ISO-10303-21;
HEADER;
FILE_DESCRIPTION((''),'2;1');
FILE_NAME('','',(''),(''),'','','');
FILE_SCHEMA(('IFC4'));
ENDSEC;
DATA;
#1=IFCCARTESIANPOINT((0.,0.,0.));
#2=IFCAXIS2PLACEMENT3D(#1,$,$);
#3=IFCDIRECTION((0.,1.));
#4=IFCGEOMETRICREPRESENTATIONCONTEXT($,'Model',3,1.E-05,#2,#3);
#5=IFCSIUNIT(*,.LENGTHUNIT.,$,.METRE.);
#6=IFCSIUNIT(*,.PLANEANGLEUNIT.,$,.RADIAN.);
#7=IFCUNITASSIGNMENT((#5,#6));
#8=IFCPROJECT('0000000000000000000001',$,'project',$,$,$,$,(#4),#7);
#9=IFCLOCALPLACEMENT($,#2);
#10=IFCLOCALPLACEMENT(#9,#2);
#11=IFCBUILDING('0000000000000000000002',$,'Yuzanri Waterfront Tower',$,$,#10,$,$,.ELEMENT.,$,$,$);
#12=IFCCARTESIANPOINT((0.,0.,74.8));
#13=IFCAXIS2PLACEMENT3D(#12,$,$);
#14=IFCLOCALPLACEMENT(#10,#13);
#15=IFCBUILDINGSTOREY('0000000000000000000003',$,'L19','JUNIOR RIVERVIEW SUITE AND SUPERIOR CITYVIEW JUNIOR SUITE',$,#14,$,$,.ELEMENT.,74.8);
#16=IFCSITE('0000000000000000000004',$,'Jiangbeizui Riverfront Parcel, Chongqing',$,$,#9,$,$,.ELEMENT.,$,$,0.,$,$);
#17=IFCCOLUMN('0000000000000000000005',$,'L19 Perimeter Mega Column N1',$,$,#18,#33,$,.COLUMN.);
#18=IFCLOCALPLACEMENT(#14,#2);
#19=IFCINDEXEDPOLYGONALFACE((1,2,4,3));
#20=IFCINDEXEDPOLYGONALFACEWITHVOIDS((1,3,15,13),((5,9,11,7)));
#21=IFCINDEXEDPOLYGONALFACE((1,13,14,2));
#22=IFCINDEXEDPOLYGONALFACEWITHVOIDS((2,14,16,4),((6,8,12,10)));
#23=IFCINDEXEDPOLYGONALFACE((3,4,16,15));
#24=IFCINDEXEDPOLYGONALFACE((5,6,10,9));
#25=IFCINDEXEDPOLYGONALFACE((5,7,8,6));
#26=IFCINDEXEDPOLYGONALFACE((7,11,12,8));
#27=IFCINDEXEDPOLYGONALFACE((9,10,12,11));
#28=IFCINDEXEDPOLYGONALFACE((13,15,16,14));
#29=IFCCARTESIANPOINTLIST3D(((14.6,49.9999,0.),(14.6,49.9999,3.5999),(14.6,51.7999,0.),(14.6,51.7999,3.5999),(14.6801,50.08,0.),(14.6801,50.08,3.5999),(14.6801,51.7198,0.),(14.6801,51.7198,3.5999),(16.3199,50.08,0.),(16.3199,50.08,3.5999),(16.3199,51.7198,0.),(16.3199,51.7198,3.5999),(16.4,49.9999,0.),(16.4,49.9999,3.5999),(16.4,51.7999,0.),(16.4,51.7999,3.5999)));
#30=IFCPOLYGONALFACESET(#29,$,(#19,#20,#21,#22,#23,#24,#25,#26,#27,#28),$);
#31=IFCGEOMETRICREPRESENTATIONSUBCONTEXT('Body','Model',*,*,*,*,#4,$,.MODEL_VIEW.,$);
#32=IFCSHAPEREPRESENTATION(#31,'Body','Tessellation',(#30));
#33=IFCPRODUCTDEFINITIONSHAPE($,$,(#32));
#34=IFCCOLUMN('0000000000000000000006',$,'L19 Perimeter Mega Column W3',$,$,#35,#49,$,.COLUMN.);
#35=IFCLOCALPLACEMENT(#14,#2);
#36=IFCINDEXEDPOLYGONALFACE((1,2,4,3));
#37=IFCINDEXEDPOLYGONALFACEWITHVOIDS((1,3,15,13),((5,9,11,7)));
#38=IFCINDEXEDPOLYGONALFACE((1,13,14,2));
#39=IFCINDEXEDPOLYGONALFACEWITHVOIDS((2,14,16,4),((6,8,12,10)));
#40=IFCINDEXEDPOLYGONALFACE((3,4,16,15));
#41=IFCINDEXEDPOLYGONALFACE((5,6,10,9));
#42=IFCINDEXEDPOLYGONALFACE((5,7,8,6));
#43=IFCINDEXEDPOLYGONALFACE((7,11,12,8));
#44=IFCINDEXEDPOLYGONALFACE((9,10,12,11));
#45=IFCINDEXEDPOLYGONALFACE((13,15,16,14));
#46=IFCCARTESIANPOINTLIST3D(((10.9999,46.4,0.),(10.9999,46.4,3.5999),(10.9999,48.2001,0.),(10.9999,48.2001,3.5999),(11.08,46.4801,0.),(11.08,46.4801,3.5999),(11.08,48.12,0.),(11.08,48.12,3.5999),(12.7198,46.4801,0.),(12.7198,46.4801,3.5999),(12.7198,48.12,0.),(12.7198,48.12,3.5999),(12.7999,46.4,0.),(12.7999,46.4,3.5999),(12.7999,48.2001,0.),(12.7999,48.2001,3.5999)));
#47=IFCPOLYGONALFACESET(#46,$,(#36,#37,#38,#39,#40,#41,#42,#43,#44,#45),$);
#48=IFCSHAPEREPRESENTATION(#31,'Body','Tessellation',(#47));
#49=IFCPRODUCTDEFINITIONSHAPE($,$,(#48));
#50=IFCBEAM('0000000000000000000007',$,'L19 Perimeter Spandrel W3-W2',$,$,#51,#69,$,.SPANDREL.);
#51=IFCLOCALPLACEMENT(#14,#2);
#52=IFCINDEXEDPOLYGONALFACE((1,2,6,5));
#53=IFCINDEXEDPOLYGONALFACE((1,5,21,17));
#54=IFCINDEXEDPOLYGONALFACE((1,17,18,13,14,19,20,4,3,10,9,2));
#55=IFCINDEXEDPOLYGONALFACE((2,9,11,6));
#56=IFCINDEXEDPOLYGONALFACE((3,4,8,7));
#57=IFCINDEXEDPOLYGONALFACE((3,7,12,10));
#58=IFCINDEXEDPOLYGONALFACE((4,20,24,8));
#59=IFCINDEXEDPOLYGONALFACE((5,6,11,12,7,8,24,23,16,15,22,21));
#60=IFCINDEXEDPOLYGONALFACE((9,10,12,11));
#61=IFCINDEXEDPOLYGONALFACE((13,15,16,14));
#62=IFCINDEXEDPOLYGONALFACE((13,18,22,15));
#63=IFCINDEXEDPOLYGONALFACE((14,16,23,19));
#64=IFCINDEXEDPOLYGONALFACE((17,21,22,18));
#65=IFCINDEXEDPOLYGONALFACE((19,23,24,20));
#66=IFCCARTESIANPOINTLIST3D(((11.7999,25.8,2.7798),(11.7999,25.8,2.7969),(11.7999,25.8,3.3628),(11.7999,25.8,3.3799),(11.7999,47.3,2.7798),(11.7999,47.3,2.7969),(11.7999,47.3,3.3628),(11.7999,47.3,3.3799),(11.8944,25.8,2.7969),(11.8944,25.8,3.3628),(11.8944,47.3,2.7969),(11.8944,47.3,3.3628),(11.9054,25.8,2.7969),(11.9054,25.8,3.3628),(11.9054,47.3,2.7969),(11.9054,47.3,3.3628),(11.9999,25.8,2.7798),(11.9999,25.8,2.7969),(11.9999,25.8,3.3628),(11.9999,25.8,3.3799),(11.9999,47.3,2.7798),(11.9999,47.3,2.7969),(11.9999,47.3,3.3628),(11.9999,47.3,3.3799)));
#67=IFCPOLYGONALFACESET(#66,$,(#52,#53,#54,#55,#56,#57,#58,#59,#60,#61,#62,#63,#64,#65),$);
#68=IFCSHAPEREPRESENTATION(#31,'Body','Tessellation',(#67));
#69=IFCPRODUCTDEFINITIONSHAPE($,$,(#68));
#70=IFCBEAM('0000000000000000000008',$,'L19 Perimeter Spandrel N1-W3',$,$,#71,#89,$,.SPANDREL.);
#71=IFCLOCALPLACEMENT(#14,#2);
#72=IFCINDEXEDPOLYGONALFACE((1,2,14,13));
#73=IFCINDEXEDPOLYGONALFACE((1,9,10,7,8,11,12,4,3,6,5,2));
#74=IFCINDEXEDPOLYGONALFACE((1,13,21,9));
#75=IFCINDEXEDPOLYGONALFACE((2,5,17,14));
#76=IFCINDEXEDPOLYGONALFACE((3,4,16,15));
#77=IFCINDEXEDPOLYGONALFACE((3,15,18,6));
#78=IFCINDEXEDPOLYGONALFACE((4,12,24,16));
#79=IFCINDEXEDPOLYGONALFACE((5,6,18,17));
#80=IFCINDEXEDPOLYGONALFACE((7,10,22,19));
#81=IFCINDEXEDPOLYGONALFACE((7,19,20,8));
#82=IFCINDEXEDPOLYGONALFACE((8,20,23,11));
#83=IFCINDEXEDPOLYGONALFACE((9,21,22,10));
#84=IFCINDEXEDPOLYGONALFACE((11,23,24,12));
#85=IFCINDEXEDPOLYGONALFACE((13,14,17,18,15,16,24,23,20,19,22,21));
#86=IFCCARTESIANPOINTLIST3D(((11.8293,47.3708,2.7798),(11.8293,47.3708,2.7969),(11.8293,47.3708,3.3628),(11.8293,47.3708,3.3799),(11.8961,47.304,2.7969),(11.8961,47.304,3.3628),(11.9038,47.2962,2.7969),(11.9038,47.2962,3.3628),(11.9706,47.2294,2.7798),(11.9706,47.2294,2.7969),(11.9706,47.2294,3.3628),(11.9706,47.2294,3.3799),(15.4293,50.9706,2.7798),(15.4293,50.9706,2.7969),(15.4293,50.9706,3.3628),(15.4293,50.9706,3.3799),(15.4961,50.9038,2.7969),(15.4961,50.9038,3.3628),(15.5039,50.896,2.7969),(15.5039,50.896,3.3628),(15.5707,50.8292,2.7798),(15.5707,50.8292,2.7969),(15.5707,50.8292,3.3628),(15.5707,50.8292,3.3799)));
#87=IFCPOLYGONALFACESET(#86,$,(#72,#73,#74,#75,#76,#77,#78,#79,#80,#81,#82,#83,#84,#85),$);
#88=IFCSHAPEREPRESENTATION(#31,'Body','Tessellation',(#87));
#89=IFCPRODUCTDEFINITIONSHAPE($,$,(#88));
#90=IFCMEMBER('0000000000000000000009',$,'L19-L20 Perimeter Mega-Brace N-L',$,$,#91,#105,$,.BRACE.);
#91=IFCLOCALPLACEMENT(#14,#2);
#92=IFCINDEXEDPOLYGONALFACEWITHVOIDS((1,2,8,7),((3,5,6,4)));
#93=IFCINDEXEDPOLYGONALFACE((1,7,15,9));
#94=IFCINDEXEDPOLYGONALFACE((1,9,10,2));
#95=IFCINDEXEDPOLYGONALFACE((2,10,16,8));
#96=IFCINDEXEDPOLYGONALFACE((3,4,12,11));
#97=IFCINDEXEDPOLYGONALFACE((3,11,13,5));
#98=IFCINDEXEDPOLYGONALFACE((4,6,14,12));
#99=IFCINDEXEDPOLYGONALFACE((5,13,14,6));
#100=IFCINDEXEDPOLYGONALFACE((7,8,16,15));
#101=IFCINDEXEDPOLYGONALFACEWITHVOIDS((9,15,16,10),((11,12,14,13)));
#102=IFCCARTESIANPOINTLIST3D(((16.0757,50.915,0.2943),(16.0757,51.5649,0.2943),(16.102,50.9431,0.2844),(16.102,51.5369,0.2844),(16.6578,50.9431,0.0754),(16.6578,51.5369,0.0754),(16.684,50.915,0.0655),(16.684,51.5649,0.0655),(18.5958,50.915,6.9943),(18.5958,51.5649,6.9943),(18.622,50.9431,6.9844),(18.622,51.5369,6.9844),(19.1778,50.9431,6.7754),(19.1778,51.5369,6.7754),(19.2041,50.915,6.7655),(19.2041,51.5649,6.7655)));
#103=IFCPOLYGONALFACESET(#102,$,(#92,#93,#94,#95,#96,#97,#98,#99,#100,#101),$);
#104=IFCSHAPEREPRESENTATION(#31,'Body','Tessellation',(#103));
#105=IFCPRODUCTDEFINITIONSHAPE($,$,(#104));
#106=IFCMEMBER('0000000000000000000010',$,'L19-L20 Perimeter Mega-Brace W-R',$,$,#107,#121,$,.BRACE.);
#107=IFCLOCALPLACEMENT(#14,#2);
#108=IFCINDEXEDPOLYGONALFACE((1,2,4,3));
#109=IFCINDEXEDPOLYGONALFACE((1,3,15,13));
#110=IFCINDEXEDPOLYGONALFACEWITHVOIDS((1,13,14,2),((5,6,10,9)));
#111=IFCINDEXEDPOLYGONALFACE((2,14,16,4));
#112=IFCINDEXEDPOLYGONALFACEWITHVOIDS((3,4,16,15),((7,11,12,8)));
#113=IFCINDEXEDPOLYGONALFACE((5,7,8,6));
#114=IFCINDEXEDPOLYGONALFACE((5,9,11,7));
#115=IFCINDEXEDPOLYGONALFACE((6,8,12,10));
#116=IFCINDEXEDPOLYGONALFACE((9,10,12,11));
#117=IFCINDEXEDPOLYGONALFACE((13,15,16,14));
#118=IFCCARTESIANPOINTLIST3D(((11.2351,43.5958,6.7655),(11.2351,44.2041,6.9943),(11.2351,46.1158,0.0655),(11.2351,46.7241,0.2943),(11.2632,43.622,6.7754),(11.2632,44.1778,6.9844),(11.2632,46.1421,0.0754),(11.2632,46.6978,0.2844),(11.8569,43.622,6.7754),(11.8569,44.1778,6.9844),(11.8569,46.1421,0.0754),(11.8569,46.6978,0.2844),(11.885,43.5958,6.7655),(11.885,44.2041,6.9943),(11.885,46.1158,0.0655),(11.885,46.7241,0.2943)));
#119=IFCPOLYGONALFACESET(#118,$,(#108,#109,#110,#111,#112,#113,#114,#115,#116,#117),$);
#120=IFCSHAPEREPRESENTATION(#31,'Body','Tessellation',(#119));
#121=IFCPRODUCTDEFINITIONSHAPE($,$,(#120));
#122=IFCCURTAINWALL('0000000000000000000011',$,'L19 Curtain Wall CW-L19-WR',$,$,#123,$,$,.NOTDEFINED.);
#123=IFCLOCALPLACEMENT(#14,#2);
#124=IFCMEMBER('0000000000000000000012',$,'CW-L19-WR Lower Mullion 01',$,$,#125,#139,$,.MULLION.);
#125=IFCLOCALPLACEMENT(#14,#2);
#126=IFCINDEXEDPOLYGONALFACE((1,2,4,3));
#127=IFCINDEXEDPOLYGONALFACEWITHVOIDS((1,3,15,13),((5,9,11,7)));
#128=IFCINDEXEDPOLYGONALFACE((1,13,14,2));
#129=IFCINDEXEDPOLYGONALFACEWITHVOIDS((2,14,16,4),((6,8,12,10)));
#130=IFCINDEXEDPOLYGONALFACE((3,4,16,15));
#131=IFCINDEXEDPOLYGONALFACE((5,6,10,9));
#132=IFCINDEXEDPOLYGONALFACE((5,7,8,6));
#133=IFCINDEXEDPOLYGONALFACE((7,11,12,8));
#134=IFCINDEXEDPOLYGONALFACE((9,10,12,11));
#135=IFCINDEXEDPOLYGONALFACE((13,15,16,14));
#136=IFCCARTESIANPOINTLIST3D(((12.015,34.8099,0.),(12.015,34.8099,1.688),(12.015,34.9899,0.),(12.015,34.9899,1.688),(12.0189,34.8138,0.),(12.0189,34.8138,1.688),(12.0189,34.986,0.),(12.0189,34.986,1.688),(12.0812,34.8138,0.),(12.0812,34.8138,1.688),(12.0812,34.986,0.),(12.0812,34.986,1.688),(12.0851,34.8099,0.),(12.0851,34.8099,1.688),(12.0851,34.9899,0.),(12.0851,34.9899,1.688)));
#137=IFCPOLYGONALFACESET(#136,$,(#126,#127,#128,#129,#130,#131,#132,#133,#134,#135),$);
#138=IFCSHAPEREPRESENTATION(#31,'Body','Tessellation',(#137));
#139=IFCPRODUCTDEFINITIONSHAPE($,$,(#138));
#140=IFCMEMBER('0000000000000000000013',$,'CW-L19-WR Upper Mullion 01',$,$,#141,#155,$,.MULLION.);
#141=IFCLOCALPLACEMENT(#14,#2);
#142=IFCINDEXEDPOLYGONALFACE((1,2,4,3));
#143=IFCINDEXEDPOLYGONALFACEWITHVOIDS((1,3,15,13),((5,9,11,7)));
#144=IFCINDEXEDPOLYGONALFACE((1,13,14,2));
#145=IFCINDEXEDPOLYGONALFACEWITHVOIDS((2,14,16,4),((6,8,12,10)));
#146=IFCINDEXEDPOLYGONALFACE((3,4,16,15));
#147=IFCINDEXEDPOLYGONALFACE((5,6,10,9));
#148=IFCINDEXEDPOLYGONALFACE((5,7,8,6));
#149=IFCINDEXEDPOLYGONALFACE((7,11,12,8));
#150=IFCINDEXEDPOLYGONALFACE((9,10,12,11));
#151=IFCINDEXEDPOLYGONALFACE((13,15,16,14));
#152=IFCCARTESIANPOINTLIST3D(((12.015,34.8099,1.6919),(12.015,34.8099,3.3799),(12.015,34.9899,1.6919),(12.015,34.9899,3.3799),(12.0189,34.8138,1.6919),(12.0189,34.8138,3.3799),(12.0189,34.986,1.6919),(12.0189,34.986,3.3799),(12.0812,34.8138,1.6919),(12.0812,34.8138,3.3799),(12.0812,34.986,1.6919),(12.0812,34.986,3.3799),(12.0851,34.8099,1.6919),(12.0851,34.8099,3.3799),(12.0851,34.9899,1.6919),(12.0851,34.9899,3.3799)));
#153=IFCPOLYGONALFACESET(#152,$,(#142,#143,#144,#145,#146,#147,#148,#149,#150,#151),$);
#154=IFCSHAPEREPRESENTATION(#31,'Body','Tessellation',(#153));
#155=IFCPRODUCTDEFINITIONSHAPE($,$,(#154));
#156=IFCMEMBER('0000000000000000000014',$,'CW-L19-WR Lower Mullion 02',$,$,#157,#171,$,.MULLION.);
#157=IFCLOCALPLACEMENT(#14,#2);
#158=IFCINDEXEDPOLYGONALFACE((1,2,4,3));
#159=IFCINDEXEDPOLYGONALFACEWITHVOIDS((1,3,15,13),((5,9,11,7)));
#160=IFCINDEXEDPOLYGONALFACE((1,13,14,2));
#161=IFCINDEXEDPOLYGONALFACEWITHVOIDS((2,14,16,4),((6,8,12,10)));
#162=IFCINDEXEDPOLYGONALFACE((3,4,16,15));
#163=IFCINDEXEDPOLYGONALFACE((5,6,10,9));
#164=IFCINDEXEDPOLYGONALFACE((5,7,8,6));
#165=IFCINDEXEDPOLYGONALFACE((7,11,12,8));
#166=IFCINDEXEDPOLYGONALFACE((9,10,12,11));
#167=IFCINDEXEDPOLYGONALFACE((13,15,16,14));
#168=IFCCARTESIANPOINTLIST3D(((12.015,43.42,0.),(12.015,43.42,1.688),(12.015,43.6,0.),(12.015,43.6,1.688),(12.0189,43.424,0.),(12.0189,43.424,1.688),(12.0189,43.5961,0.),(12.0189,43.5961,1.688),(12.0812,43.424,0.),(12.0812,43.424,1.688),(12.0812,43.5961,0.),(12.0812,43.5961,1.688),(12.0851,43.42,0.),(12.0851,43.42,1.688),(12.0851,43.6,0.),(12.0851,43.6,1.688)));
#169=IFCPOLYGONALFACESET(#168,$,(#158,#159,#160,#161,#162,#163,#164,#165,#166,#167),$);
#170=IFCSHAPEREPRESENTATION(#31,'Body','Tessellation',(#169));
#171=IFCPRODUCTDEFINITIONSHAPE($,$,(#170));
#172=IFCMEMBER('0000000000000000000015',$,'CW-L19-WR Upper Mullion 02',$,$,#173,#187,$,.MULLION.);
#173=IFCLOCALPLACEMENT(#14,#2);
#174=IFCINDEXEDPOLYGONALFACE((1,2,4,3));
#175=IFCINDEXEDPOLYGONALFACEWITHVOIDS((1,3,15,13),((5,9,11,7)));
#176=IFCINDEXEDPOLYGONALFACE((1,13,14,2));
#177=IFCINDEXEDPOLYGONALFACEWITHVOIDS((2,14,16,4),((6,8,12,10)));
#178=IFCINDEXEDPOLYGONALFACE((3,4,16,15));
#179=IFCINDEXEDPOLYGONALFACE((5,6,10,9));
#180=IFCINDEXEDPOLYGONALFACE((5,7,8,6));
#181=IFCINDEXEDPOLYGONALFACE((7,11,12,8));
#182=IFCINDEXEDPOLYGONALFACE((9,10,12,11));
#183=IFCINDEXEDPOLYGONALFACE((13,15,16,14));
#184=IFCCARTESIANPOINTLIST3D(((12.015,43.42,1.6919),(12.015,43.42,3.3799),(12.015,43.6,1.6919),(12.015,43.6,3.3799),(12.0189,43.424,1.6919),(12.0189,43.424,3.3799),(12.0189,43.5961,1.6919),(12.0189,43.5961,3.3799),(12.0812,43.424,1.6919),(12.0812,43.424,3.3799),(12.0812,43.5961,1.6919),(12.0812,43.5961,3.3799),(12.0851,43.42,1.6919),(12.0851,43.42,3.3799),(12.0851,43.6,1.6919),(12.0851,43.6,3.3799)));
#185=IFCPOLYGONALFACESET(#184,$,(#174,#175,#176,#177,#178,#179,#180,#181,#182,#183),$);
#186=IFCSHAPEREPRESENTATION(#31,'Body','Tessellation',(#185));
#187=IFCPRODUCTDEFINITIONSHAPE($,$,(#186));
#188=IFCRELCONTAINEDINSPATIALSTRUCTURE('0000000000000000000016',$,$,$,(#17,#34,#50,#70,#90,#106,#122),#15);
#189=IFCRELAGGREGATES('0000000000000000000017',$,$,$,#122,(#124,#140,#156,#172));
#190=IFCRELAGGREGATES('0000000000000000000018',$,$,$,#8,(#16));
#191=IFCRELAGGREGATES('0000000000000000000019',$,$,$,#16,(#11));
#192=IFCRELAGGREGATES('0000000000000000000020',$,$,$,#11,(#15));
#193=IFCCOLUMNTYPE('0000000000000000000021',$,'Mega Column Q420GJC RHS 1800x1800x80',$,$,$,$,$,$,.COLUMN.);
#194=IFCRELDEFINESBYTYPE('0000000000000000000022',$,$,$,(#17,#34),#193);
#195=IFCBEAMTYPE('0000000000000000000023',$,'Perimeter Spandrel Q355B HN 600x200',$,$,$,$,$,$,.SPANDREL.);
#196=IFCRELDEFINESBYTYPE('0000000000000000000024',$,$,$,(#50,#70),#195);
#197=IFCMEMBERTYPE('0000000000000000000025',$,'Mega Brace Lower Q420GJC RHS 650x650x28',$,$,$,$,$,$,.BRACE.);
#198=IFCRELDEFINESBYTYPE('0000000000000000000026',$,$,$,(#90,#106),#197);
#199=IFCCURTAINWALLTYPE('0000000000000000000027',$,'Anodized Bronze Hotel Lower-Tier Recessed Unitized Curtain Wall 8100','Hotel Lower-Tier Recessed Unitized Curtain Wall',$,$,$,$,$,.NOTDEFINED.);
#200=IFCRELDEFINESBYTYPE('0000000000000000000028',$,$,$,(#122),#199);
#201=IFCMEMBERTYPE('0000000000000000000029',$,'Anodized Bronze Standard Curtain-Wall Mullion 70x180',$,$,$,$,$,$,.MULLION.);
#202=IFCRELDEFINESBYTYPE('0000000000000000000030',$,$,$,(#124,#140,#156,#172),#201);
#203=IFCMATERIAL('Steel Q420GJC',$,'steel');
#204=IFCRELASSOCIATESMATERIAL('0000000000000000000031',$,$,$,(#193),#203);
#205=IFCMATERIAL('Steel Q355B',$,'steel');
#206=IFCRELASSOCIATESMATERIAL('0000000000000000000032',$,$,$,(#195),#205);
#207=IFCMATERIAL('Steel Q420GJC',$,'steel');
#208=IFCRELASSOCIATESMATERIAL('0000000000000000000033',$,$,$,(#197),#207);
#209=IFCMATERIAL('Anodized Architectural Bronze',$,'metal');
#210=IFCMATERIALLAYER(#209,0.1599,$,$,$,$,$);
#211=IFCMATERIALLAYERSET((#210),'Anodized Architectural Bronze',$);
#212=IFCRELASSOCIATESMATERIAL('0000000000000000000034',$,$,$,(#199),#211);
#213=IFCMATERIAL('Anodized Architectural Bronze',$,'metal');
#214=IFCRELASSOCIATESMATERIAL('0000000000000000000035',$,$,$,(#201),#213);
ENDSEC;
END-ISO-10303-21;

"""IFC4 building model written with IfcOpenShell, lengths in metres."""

from ifc_helpers import new_model, si_unit, direction, frame, origin, origin_2d, place, context, subcontext, project, spatial, hollow_rectangle, i_section, extrude, source, transform, mapped, material, layer, layer_set, material_profile, profile_set, type_object, element, aggregate, save


model = new_model("IFC4")

# Units and contexts
model_context = context("Model", 3, precision=1e-05, world=origin(), true_north=direction((0.0, 1.0)))
body_context = subcontext(model_context, "Body", "Model", "MODEL_VIEW")
ifc_project = project(units=[si_unit("LENGTHUNIT", "METRE"), si_unit("PLANEANGLEUNIT", "RADIAN")], contexts=[model_context])

# Site, building, storey
site_placement = place(None, origin())
site = spatial("IfcSite", under=ifc_project, at=site_placement, Name="Jiangbeizui Riverfront Parcel, Chongqing", CompositionType="ELEMENT", RefElevation=0.0)
building_placement = place(site_placement, origin())
building = spatial("IfcBuilding", under=site, at=building_placement, Name="Yuzanri Waterfront Tower", CompositionType="ELEMENT")
storey_placement = place(building_placement, frame((0.0, 0.0, 74.8)))
storey = spatial("IfcBuildingStorey", under=building, at=storey_placement, Name="L19", Description="JUNIOR RIVERVIEW SUITE AND SUPERIOR CITYVIEW JUNIOR SUITE", CompositionType="ELEMENT", Elevation=74.8)

# Columns
ifc_material_1 = material(Name="Steel Q420GJC", Category="steel")
ifc_material_profile_1 = material_profile(ifc_material_1, hollow_rectangle(XDim=1.8, YDim=1.8, WallThickness=0.0801, at=origin_2d()), Name="RHS 1800x1800x80")
ifc_profile_set_1 = profile_set([ifc_material_profile_1], Name="Steel Q420GJC")
column_type = type_object("IfcColumnType", Name="Mega Column Q420GJC RHS 1800x1800x80", PredefinedType="COLUMN", material=ifc_profile_set_1)
shared_shape_1 = source(origin(), body_context, "Body", "SweptSolid", [
    extrude(hollow_rectangle(XDim=1.8, YDim=1.8, WallThickness=0.0801, at=origin_2d()), origin(), (0.0, 0.0, 1.0), 3.5999),
])
for number, where, z_axis, x_axis, name in (
    (1, (15.5, 50.8999, 0.0), (0.0, 0.0, 1.0), (1.0, 0.0, 0.0), "L19 Perimeter Mega Column N1"),
    (2, (11.8999, 47.3, 0.0), (0.0, 0.0, 1.0), (1.0, 0.0, 0.0), "L19 Perimeter Mega Column W3"),
):
    element("IfcColumn", number, at=place(storey_placement, frame(where, z_axis=z_axis, x_axis=x_axis)), inside=storey, type_object=column_type, Name=name, PredefinedType="COLUMN", context=body_context, shape_type="MappedRepresentation", body=[
        mapped(shared_shape_1, transform((0.0, 0.0, 0.0), scale=1.0)),
    ])

# Beams
ifc_material_2 = material(Name="Steel Q355B", Category="steel")
ifc_material_profile_2 = material_profile(ifc_material_2, i_section(OverallWidth=0.2, OverallDepth=0.6001, WebThickness=0.011, FlangeThickness=0.0171, at=origin_2d()), Name="HN 600x200x11x17")
ifc_profile_set_2 = profile_set([ifc_material_profile_2], Name="Steel Q355B")
beam_type = type_object("IfcBeamType", Name="Perimeter Spandrel Q355B HN 600x200", PredefinedType="SPANDREL", material=ifc_profile_set_2)
shared_shape_2 = source(origin(), body_context, "Body", "SweptSolid", [
    extrude(i_section(OverallWidth=0.2, OverallDepth=0.6001, WebThickness=0.011, FlangeThickness=0.0171, at=origin_2d()), origin(), (0.0, 0.0, 1.0), 21.5),
])
beam_1_placement = place(storey_placement, frame((11.8999, 47.3, 3.0798), z_axis=(0.0, -1.0, 0.0), x_axis=(1.0, 0.0, 0.0)))
element("IfcBeam", 3, at=beam_1_placement, inside=storey, type_object=beam_type, Name="L19 Perimeter Spandrel W3-W2", PredefinedType="SPANDREL", context=body_context, shape_type="MappedRepresentation", body=[
    mapped(shared_shape_2, transform((0.0, 0.0, 0.0), scale=1.0)),
])
shared_shape_3 = source(origin(), body_context, "Body", "SweptSolid", [
    extrude(i_section(OverallWidth=0.2, OverallDepth=0.6001, WebThickness=0.011, FlangeThickness=0.0171, at=origin_2d()), origin(), (0.0, 0.0, 1.0), 5.0911),
])
beam_2_placement = place(storey_placement, frame((15.5, 50.8999, 3.0798), z_axis=(-0.707131, -0.707083, 0.0), x_axis=(0.707083, -0.707131, 0.0)))
element("IfcBeam", 4, at=beam_2_placement, inside=storey, type_object=beam_type, Name="L19 Perimeter Spandrel N1-W3", PredefinedType="SPANDREL", context=body_context, shape_type="MappedRepresentation", body=[
    mapped(shared_shape_3, transform((0.0, 0.0, 0.0), scale=1.0)),
])

# Members
ifc_material_3 = material(Name="Steel Q420GJC", Category="steel")
ifc_material_profile_3 = material_profile(ifc_material_3, hollow_rectangle(XDim=0.6499, YDim=0.6499, WallThickness=0.0281, at=origin_2d()), Name="RHS 650x650x28")
ifc_profile_set_3 = profile_set([ifc_material_profile_3], Name="Steel Q420GJC")
member_type_1 = type_object("IfcMemberType", Name="Mega Brace Lower Q420GJC RHS 650x650x28", PredefinedType="BRACE", material=ifc_profile_set_3)
shared_shape_4 = source(origin(), body_context, "Body", "SweptSolid", [
    extrude(hollow_rectangle(XDim=0.6499, YDim=0.6499, WallThickness=0.0281, at=origin_2d()), origin(), (0.0, 0.0, 1.0), 7.1582),
])
for number, where, z_axis, x_axis, name in (
    (5, (16.3799, 51.24, 0.1799), (0.352046, 0.0, 0.935983), (0.0, 1.0, 0.0), "L19-L20 Perimeter Mega-Brace N-L"),
    (6, (11.5601, 46.4199, 0.1799), (0.0, -0.352046, 0.935983), (1.0, 0.0, 0.0), "L19-L20 Perimeter Mega-Brace W-R"),
):
    element("IfcMember", number, at=place(storey_placement, frame(where, z_axis=z_axis, x_axis=x_axis)), inside=storey, type_object=member_type_1, Name=name, PredefinedType="BRACE", context=body_context, shape_type="MappedRepresentation", body=[
        mapped(shared_shape_4, transform((0.0, 0.0, 0.0), scale=1.0)),
    ])

# Curtain wall, members
ifc_material_4 = material(Name="Anodized Architectural Bronze", Category="metal")
ifc_layer_1 = layer(ifc_material_4, 0.1599)
ifc_layer_set_1 = layer_set([ifc_layer_1], Name="Anodized Architectural Bronze")
curtain_wall_type = type_object("IfcCurtainWallType", Name="Anodized Bronze Hotel Lower-Tier Recessed Unitized Curtain Wall 8100", Description="Hotel Lower-Tier Recessed Unitized Curtain Wall", PredefinedType="NOTDEFINED", material=ifc_layer_set_1)
curtain_wall_placement = place(storey_placement, origin())
curtain_wall = element("IfcCurtainWall", 7, at=curtain_wall_placement, inside=storey, type_object=curtain_wall_type, Name="L19 Curtain Wall CW-L19-WR", PredefinedType="NOTDEFINED")
ifc_material_5 = material(Name="Anodized Architectural Bronze", Category="metal")
ifc_material_profile_4 = material_profile(ifc_material_5, hollow_rectangle(XDim=0.0701, YDim=0.1799, WallThickness=0.0039, at=origin_2d()), Name="CWM 70x180")
ifc_profile_set_4 = profile_set([ifc_material_profile_4], Name="Anodized Architectural Bronze")
member_type_2 = type_object("IfcMemberType", Name="Anodized Bronze Standard Curtain-Wall Mullion 70x180", PredefinedType="MULLION", material=ifc_profile_set_4)
shared_shape_5 = source(origin(), body_context, "Body", "SweptSolid", [
    extrude(hollow_rectangle(XDim=0.0701, YDim=0.1799, WallThickness=0.0039, at=origin_2d()), origin(), (0.0, 0.0, 1.0), 1.688),
])
member_1_placement = place(storey_placement, frame((12.05, 34.8999, 0.0), z_axis=(0.0, 0.0, 1.0), x_axis=(1.0, 0.0, 0.0)))
member_1 = element("IfcMember", 8, at=member_1_placement, type_object=member_type_2, Name="CW-L19-WR Lower Mullion 01", PredefinedType="MULLION", context=body_context, shape_type="MappedRepresentation", body=[
    mapped(shared_shape_5, transform((0.0, 0.0, 0.0), scale=1.0)),
])
member_2_placement = place(storey_placement, frame((12.05, 34.8999, 1.6919), z_axis=(0.0, 0.0, 1.0), x_axis=(1.0, 0.0, 0.0)))
member_2 = element("IfcMember", 9, at=member_2_placement, type_object=member_type_2, Name="CW-L19-WR Upper Mullion 01", PredefinedType="MULLION", context=body_context, shape_type="MappedRepresentation", body=[
    mapped(shared_shape_5, transform((0.0, 0.0, 0.0), scale=1.0)),
])
member_3_placement = place(storey_placement, frame((12.05, 43.51, 0.0), z_axis=(0.0, 0.0, 1.0), x_axis=(1.0, 0.0, 0.0)))
member_3 = element("IfcMember", 10, at=member_3_placement, type_object=member_type_2, Name="CW-L19-WR Lower Mullion 02", PredefinedType="MULLION", context=body_context, shape_type="MappedRepresentation", body=[
    mapped(shared_shape_5, transform((0.0, 0.0, 0.0), scale=1.0)),
])
member_4_placement = place(storey_placement, frame((12.05, 43.51, 1.6919), z_axis=(0.0, 0.0, 1.0), x_axis=(1.0, 0.0, 0.0)))
member_4 = element("IfcMember", 11, at=member_4_placement, type_object=member_type_2, Name="CW-L19-WR Upper Mullion 02", PredefinedType="MULLION", context=body_context, shape_type="MappedRepresentation", body=[
    mapped(shared_shape_5, transform((0.0, 0.0, 0.0), scale=1.0)),
])

aggregate(curtain_wall, [member_1, member_2, member_3, member_4])

save(model, "model.ifc")
